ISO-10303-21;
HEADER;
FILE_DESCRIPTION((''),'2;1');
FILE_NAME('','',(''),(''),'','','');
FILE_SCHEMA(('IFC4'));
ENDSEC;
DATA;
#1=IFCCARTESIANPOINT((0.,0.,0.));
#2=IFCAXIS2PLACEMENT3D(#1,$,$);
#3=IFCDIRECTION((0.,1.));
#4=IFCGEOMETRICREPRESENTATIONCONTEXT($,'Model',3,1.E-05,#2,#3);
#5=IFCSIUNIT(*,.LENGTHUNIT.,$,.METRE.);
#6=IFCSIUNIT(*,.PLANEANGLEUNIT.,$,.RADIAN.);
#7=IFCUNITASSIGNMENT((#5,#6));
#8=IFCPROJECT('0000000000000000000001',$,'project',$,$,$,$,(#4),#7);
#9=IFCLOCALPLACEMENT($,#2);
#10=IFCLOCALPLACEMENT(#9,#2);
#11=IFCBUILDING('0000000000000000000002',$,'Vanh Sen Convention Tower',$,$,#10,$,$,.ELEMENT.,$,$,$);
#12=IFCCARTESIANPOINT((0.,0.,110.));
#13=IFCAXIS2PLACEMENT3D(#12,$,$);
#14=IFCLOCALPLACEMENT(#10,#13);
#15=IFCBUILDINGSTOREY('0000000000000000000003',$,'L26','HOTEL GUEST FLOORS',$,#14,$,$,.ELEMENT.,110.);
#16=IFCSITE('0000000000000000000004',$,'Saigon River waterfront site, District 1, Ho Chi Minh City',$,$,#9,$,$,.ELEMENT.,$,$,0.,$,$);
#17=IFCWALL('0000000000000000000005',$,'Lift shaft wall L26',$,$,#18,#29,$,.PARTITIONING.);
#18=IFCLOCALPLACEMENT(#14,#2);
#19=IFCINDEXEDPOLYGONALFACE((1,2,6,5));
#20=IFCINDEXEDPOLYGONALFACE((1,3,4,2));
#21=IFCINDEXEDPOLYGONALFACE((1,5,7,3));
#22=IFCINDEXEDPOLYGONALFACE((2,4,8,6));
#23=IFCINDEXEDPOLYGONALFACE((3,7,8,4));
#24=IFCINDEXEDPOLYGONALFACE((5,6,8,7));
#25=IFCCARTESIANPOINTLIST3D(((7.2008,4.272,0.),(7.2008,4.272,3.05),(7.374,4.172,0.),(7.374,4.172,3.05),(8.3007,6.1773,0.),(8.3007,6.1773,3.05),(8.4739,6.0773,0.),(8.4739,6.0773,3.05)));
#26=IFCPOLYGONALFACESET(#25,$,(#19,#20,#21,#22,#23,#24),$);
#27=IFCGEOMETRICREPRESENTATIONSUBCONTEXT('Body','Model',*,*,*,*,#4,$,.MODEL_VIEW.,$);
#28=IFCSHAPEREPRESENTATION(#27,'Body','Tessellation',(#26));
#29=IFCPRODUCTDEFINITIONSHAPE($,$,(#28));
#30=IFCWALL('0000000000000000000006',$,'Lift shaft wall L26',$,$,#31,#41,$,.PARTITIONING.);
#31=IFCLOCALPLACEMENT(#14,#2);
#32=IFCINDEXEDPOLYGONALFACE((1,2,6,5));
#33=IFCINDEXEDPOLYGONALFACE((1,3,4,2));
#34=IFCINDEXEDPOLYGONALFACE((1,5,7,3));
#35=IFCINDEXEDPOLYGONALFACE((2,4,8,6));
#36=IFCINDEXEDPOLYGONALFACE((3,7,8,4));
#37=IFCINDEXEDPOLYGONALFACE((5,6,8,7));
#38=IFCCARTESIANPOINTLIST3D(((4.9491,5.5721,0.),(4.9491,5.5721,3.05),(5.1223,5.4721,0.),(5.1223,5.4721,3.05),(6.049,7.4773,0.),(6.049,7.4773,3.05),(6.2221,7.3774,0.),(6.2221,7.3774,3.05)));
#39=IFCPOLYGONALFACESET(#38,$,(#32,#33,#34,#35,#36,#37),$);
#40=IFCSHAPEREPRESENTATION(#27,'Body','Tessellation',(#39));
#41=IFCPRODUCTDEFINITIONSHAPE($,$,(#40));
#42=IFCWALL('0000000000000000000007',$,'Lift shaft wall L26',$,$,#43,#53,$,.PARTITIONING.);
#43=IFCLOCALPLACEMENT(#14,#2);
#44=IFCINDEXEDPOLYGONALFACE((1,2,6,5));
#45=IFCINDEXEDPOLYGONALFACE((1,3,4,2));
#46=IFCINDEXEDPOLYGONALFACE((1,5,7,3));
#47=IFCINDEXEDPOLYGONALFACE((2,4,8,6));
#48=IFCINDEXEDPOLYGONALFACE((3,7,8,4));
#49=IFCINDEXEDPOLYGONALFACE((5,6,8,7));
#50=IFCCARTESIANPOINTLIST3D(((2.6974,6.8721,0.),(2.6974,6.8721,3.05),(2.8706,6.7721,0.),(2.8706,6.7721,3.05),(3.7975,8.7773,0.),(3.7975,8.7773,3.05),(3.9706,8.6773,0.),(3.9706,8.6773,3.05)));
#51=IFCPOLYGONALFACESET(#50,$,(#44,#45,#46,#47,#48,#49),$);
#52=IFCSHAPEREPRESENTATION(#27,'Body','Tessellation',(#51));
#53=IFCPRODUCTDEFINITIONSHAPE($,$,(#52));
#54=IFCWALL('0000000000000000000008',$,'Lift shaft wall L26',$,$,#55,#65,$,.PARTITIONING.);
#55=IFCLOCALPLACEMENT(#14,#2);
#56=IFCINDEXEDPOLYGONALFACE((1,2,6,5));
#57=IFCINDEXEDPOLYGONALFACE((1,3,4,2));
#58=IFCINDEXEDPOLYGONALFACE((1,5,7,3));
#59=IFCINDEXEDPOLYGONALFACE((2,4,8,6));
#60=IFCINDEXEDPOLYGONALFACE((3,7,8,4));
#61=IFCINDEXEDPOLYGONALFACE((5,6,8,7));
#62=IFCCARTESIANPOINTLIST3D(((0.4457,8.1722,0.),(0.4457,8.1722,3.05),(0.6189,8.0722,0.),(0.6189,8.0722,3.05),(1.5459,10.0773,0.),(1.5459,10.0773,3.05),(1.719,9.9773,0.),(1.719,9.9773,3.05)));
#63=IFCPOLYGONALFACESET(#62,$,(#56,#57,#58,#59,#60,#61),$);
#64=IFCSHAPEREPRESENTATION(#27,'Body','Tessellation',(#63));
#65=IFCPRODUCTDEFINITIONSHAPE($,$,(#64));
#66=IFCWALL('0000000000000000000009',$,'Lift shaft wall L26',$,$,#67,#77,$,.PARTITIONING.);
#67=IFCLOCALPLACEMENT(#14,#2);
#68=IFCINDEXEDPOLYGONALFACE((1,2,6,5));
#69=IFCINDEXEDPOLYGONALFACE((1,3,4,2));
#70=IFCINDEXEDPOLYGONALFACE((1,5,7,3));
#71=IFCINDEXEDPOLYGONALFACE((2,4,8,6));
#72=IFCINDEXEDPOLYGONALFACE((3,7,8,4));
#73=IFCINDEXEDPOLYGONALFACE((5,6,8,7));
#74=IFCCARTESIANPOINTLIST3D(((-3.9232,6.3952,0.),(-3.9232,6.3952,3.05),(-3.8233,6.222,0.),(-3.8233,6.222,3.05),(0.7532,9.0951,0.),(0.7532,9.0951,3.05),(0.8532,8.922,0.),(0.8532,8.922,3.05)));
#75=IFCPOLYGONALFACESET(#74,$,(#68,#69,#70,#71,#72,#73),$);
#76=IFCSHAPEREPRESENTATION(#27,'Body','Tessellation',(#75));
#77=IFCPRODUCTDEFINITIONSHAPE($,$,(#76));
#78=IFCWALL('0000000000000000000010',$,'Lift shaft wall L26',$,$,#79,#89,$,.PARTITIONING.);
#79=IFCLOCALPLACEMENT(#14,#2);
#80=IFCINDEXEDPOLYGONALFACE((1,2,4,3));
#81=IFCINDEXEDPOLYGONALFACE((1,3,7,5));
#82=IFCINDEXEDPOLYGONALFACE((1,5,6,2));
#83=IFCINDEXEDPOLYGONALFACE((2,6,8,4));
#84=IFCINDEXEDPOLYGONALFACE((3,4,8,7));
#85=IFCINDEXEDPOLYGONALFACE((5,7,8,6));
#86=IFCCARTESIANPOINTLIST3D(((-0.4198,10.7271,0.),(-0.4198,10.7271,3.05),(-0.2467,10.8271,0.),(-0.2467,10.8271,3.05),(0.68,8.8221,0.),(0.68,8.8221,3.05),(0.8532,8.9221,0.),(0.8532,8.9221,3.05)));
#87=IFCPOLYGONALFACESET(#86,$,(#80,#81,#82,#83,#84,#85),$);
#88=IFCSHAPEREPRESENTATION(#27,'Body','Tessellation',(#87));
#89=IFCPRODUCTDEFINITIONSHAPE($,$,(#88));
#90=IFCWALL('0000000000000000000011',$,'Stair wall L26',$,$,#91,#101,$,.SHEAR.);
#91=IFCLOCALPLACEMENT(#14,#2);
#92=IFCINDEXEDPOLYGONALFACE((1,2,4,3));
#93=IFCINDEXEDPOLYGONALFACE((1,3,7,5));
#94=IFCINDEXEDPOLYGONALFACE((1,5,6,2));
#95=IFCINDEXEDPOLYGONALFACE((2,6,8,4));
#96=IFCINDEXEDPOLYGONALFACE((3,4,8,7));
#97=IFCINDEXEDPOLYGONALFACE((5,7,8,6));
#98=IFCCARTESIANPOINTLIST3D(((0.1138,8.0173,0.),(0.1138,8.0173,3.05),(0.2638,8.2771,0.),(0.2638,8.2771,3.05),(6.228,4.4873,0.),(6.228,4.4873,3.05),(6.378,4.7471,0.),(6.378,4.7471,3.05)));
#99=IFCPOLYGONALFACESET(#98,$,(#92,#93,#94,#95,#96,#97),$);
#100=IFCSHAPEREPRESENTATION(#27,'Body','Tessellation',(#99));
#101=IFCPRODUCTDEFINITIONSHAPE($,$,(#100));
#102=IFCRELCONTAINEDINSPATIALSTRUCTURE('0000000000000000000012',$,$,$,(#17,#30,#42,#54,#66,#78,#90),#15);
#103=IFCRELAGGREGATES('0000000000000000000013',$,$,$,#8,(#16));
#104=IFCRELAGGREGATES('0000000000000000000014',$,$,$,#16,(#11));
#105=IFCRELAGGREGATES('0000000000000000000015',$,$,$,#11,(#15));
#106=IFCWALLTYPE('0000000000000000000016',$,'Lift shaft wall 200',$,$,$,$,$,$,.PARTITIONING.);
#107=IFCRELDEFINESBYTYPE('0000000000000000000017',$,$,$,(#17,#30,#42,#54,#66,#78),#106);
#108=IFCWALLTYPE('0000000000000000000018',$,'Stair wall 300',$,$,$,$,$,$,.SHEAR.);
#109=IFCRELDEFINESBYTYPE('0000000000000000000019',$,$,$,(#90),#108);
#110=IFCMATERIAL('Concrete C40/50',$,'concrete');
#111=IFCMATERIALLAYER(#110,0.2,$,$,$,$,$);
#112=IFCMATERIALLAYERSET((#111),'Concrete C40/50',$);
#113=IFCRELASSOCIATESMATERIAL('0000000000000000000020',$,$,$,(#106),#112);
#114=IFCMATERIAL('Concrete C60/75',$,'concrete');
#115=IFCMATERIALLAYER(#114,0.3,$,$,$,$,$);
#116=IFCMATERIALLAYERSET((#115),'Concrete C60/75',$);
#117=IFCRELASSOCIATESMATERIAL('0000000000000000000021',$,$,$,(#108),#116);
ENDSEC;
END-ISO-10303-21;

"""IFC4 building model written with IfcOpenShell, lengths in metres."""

from ifc_helpers import new_model, si_unit, direction, frame, frame_2d, origin, place, context, subcontext, project, spatial, rectangle, extrude, material, layer, layer_set, type_object, element, save


model = new_model("IFC4")

# Units and contexts
model_context = context("Model", 3, precision=1e-05, world=origin(), true_north=direction((0.0, 1.0)))
body_context = subcontext(model_context, "Body", "Model", "MODEL_VIEW")
ifc_project = project(units=[si_unit("LENGTHUNIT", "METRE"), si_unit("PLANEANGLEUNIT", "RADIAN")], contexts=[model_context])

# Site, building, storey
site_placement = place(None, origin())
site = spatial("IfcSite", under=ifc_project, at=site_placement, Name="Saigon River waterfront site, District 1, Ho Chi Minh City", CompositionType="ELEMENT", RefElevation=0.0)
building_placement = place(site_placement, origin())
building = spatial("IfcBuilding", under=site, at=building_placement, Name="Vanh Sen Convention Tower", CompositionType="ELEMENT")
storey_placement = place(building_placement, frame((0.0, 0.0, 110.0)))
storey = spatial("IfcBuildingStorey", under=building, at=storey_placement, Name="L26", Description="HOTEL GUEST FLOORS", CompositionType="ELEMENT", Elevation=110.0)

# Shared definitions
ifc_material_1 = material(Name="Concrete C60/75", Category="concrete")

# Walls
ifc_material_2 = material(Name="Concrete C40/50", Category="concrete")
ifc_layer_1 = layer(ifc_material_2, 0.2)
ifc_layer_set_1 = layer_set([ifc_layer_1], Name="Concrete C40/50")
wall_type_1 = type_object("IfcWallType", Name="Lift shaft wall 200", PredefinedType="PARTITIONING", material=ifc_layer_set_1)
for number, where, z_axis, x_axis, name in (
    (1, (7.2874, 4.2219, 0.0), (0.0, 0.0, 1.0), (0.499947, 0.866056, 0.0), "Lift shaft wall L26"),
    (2, (5.0356, 5.522, 0.0), (0.0, 0.0, 1.0), (0.499947, 0.866056, 0.0), "Lift shaft wall L26"),
    (3, (2.7839, 6.822, 0.0), (0.0, 0.0, 1.0), (0.50003, 0.866008, 0.0), "Lift shaft wall L26"),
    (4, (0.5322, 8.1221, 0.0), (0.0, 0.0, 1.0), (0.500078, 0.86598, 0.0), "Lift shaft wall L26"),
):
    element("IfcWall", number, at=place(storey_placement, frame(where, z_axis=z_axis, x_axis=x_axis)), inside=storey, type_object=wall_type_1, Name=name, PredefinedType="PARTITIONING", context=body_context, shape_type="SweptSolid", body=[
        extrude(rectangle(XDim=2.2, YDim=0.2, at=frame_2d((1.1001, 0.0))), origin(), (0.0, 0.0, 1.0), 3.05),
    ])
wall_1_placement = place(storey_placement, frame((0.8032, 9.0085, 0.0), z_axis=(0.0, 0.0, 1.0), x_axis=(-0.866028, -0.499995, 0.0)))
element("IfcWall", 5, at=wall_1_placement, inside=storey, type_object=wall_type_1, Name="Lift shaft wall L26", PredefinedType="PARTITIONING", context=body_context, shape_type="SweptSolid", body=[
    extrude(rectangle(XDim=5.3999, YDim=0.2, at=frame_2d((2.7, 0.0))), origin(), (0.0, 0.0, 1.0), 3.05),
])
wall_2_placement = place(storey_placement, frame((0.7666, 8.8721, 0.0), z_axis=(0.0, 0.0, 1.0), x_axis=(-0.499995, 0.866028, 0.0)))
element("IfcWall", 6, at=wall_2_placement, inside=storey, type_object=wall_type_1, Name="Lift shaft wall L26", PredefinedType="PARTITIONING", context=body_context, shape_type="SweptSolid", body=[
    extrude(rectangle(XDim=2.1997, YDim=0.2, at=frame_2d((1.0999, 0.0))), origin(), (0.0, 0.0, 1.0), 3.05),
])
ifc_layer_2 = layer(ifc_material_1, 0.3)
ifc_layer_set_2 = layer_set([ifc_layer_2], Name="Concrete C60/75")
wall_type_2 = type_object("IfcWallType", Name="Stair wall 300", PredefinedType="SHEAR", material=ifc_layer_set_2)
wall_3_placement = place(storey_placement, frame((6.303, 4.6172, 0.0), z_axis=(0.0, 0.0, 1.0), x_axis=(-0.866028, 0.499996, 0.0)))
element("IfcWall", 7, at=wall_3_placement, inside=storey, type_object=wall_type_2, Name="Stair wall L26", PredefinedType="SHEAR", context=body_context, shape_type="SweptSolid", body=[
    extrude(rectangle(XDim=7.0601, YDim=0.3, at=frame_2d((3.53, 0.0))), origin(), (0.0, 0.0, 1.0), 3.05),
])

save(model, "model.ifc")
